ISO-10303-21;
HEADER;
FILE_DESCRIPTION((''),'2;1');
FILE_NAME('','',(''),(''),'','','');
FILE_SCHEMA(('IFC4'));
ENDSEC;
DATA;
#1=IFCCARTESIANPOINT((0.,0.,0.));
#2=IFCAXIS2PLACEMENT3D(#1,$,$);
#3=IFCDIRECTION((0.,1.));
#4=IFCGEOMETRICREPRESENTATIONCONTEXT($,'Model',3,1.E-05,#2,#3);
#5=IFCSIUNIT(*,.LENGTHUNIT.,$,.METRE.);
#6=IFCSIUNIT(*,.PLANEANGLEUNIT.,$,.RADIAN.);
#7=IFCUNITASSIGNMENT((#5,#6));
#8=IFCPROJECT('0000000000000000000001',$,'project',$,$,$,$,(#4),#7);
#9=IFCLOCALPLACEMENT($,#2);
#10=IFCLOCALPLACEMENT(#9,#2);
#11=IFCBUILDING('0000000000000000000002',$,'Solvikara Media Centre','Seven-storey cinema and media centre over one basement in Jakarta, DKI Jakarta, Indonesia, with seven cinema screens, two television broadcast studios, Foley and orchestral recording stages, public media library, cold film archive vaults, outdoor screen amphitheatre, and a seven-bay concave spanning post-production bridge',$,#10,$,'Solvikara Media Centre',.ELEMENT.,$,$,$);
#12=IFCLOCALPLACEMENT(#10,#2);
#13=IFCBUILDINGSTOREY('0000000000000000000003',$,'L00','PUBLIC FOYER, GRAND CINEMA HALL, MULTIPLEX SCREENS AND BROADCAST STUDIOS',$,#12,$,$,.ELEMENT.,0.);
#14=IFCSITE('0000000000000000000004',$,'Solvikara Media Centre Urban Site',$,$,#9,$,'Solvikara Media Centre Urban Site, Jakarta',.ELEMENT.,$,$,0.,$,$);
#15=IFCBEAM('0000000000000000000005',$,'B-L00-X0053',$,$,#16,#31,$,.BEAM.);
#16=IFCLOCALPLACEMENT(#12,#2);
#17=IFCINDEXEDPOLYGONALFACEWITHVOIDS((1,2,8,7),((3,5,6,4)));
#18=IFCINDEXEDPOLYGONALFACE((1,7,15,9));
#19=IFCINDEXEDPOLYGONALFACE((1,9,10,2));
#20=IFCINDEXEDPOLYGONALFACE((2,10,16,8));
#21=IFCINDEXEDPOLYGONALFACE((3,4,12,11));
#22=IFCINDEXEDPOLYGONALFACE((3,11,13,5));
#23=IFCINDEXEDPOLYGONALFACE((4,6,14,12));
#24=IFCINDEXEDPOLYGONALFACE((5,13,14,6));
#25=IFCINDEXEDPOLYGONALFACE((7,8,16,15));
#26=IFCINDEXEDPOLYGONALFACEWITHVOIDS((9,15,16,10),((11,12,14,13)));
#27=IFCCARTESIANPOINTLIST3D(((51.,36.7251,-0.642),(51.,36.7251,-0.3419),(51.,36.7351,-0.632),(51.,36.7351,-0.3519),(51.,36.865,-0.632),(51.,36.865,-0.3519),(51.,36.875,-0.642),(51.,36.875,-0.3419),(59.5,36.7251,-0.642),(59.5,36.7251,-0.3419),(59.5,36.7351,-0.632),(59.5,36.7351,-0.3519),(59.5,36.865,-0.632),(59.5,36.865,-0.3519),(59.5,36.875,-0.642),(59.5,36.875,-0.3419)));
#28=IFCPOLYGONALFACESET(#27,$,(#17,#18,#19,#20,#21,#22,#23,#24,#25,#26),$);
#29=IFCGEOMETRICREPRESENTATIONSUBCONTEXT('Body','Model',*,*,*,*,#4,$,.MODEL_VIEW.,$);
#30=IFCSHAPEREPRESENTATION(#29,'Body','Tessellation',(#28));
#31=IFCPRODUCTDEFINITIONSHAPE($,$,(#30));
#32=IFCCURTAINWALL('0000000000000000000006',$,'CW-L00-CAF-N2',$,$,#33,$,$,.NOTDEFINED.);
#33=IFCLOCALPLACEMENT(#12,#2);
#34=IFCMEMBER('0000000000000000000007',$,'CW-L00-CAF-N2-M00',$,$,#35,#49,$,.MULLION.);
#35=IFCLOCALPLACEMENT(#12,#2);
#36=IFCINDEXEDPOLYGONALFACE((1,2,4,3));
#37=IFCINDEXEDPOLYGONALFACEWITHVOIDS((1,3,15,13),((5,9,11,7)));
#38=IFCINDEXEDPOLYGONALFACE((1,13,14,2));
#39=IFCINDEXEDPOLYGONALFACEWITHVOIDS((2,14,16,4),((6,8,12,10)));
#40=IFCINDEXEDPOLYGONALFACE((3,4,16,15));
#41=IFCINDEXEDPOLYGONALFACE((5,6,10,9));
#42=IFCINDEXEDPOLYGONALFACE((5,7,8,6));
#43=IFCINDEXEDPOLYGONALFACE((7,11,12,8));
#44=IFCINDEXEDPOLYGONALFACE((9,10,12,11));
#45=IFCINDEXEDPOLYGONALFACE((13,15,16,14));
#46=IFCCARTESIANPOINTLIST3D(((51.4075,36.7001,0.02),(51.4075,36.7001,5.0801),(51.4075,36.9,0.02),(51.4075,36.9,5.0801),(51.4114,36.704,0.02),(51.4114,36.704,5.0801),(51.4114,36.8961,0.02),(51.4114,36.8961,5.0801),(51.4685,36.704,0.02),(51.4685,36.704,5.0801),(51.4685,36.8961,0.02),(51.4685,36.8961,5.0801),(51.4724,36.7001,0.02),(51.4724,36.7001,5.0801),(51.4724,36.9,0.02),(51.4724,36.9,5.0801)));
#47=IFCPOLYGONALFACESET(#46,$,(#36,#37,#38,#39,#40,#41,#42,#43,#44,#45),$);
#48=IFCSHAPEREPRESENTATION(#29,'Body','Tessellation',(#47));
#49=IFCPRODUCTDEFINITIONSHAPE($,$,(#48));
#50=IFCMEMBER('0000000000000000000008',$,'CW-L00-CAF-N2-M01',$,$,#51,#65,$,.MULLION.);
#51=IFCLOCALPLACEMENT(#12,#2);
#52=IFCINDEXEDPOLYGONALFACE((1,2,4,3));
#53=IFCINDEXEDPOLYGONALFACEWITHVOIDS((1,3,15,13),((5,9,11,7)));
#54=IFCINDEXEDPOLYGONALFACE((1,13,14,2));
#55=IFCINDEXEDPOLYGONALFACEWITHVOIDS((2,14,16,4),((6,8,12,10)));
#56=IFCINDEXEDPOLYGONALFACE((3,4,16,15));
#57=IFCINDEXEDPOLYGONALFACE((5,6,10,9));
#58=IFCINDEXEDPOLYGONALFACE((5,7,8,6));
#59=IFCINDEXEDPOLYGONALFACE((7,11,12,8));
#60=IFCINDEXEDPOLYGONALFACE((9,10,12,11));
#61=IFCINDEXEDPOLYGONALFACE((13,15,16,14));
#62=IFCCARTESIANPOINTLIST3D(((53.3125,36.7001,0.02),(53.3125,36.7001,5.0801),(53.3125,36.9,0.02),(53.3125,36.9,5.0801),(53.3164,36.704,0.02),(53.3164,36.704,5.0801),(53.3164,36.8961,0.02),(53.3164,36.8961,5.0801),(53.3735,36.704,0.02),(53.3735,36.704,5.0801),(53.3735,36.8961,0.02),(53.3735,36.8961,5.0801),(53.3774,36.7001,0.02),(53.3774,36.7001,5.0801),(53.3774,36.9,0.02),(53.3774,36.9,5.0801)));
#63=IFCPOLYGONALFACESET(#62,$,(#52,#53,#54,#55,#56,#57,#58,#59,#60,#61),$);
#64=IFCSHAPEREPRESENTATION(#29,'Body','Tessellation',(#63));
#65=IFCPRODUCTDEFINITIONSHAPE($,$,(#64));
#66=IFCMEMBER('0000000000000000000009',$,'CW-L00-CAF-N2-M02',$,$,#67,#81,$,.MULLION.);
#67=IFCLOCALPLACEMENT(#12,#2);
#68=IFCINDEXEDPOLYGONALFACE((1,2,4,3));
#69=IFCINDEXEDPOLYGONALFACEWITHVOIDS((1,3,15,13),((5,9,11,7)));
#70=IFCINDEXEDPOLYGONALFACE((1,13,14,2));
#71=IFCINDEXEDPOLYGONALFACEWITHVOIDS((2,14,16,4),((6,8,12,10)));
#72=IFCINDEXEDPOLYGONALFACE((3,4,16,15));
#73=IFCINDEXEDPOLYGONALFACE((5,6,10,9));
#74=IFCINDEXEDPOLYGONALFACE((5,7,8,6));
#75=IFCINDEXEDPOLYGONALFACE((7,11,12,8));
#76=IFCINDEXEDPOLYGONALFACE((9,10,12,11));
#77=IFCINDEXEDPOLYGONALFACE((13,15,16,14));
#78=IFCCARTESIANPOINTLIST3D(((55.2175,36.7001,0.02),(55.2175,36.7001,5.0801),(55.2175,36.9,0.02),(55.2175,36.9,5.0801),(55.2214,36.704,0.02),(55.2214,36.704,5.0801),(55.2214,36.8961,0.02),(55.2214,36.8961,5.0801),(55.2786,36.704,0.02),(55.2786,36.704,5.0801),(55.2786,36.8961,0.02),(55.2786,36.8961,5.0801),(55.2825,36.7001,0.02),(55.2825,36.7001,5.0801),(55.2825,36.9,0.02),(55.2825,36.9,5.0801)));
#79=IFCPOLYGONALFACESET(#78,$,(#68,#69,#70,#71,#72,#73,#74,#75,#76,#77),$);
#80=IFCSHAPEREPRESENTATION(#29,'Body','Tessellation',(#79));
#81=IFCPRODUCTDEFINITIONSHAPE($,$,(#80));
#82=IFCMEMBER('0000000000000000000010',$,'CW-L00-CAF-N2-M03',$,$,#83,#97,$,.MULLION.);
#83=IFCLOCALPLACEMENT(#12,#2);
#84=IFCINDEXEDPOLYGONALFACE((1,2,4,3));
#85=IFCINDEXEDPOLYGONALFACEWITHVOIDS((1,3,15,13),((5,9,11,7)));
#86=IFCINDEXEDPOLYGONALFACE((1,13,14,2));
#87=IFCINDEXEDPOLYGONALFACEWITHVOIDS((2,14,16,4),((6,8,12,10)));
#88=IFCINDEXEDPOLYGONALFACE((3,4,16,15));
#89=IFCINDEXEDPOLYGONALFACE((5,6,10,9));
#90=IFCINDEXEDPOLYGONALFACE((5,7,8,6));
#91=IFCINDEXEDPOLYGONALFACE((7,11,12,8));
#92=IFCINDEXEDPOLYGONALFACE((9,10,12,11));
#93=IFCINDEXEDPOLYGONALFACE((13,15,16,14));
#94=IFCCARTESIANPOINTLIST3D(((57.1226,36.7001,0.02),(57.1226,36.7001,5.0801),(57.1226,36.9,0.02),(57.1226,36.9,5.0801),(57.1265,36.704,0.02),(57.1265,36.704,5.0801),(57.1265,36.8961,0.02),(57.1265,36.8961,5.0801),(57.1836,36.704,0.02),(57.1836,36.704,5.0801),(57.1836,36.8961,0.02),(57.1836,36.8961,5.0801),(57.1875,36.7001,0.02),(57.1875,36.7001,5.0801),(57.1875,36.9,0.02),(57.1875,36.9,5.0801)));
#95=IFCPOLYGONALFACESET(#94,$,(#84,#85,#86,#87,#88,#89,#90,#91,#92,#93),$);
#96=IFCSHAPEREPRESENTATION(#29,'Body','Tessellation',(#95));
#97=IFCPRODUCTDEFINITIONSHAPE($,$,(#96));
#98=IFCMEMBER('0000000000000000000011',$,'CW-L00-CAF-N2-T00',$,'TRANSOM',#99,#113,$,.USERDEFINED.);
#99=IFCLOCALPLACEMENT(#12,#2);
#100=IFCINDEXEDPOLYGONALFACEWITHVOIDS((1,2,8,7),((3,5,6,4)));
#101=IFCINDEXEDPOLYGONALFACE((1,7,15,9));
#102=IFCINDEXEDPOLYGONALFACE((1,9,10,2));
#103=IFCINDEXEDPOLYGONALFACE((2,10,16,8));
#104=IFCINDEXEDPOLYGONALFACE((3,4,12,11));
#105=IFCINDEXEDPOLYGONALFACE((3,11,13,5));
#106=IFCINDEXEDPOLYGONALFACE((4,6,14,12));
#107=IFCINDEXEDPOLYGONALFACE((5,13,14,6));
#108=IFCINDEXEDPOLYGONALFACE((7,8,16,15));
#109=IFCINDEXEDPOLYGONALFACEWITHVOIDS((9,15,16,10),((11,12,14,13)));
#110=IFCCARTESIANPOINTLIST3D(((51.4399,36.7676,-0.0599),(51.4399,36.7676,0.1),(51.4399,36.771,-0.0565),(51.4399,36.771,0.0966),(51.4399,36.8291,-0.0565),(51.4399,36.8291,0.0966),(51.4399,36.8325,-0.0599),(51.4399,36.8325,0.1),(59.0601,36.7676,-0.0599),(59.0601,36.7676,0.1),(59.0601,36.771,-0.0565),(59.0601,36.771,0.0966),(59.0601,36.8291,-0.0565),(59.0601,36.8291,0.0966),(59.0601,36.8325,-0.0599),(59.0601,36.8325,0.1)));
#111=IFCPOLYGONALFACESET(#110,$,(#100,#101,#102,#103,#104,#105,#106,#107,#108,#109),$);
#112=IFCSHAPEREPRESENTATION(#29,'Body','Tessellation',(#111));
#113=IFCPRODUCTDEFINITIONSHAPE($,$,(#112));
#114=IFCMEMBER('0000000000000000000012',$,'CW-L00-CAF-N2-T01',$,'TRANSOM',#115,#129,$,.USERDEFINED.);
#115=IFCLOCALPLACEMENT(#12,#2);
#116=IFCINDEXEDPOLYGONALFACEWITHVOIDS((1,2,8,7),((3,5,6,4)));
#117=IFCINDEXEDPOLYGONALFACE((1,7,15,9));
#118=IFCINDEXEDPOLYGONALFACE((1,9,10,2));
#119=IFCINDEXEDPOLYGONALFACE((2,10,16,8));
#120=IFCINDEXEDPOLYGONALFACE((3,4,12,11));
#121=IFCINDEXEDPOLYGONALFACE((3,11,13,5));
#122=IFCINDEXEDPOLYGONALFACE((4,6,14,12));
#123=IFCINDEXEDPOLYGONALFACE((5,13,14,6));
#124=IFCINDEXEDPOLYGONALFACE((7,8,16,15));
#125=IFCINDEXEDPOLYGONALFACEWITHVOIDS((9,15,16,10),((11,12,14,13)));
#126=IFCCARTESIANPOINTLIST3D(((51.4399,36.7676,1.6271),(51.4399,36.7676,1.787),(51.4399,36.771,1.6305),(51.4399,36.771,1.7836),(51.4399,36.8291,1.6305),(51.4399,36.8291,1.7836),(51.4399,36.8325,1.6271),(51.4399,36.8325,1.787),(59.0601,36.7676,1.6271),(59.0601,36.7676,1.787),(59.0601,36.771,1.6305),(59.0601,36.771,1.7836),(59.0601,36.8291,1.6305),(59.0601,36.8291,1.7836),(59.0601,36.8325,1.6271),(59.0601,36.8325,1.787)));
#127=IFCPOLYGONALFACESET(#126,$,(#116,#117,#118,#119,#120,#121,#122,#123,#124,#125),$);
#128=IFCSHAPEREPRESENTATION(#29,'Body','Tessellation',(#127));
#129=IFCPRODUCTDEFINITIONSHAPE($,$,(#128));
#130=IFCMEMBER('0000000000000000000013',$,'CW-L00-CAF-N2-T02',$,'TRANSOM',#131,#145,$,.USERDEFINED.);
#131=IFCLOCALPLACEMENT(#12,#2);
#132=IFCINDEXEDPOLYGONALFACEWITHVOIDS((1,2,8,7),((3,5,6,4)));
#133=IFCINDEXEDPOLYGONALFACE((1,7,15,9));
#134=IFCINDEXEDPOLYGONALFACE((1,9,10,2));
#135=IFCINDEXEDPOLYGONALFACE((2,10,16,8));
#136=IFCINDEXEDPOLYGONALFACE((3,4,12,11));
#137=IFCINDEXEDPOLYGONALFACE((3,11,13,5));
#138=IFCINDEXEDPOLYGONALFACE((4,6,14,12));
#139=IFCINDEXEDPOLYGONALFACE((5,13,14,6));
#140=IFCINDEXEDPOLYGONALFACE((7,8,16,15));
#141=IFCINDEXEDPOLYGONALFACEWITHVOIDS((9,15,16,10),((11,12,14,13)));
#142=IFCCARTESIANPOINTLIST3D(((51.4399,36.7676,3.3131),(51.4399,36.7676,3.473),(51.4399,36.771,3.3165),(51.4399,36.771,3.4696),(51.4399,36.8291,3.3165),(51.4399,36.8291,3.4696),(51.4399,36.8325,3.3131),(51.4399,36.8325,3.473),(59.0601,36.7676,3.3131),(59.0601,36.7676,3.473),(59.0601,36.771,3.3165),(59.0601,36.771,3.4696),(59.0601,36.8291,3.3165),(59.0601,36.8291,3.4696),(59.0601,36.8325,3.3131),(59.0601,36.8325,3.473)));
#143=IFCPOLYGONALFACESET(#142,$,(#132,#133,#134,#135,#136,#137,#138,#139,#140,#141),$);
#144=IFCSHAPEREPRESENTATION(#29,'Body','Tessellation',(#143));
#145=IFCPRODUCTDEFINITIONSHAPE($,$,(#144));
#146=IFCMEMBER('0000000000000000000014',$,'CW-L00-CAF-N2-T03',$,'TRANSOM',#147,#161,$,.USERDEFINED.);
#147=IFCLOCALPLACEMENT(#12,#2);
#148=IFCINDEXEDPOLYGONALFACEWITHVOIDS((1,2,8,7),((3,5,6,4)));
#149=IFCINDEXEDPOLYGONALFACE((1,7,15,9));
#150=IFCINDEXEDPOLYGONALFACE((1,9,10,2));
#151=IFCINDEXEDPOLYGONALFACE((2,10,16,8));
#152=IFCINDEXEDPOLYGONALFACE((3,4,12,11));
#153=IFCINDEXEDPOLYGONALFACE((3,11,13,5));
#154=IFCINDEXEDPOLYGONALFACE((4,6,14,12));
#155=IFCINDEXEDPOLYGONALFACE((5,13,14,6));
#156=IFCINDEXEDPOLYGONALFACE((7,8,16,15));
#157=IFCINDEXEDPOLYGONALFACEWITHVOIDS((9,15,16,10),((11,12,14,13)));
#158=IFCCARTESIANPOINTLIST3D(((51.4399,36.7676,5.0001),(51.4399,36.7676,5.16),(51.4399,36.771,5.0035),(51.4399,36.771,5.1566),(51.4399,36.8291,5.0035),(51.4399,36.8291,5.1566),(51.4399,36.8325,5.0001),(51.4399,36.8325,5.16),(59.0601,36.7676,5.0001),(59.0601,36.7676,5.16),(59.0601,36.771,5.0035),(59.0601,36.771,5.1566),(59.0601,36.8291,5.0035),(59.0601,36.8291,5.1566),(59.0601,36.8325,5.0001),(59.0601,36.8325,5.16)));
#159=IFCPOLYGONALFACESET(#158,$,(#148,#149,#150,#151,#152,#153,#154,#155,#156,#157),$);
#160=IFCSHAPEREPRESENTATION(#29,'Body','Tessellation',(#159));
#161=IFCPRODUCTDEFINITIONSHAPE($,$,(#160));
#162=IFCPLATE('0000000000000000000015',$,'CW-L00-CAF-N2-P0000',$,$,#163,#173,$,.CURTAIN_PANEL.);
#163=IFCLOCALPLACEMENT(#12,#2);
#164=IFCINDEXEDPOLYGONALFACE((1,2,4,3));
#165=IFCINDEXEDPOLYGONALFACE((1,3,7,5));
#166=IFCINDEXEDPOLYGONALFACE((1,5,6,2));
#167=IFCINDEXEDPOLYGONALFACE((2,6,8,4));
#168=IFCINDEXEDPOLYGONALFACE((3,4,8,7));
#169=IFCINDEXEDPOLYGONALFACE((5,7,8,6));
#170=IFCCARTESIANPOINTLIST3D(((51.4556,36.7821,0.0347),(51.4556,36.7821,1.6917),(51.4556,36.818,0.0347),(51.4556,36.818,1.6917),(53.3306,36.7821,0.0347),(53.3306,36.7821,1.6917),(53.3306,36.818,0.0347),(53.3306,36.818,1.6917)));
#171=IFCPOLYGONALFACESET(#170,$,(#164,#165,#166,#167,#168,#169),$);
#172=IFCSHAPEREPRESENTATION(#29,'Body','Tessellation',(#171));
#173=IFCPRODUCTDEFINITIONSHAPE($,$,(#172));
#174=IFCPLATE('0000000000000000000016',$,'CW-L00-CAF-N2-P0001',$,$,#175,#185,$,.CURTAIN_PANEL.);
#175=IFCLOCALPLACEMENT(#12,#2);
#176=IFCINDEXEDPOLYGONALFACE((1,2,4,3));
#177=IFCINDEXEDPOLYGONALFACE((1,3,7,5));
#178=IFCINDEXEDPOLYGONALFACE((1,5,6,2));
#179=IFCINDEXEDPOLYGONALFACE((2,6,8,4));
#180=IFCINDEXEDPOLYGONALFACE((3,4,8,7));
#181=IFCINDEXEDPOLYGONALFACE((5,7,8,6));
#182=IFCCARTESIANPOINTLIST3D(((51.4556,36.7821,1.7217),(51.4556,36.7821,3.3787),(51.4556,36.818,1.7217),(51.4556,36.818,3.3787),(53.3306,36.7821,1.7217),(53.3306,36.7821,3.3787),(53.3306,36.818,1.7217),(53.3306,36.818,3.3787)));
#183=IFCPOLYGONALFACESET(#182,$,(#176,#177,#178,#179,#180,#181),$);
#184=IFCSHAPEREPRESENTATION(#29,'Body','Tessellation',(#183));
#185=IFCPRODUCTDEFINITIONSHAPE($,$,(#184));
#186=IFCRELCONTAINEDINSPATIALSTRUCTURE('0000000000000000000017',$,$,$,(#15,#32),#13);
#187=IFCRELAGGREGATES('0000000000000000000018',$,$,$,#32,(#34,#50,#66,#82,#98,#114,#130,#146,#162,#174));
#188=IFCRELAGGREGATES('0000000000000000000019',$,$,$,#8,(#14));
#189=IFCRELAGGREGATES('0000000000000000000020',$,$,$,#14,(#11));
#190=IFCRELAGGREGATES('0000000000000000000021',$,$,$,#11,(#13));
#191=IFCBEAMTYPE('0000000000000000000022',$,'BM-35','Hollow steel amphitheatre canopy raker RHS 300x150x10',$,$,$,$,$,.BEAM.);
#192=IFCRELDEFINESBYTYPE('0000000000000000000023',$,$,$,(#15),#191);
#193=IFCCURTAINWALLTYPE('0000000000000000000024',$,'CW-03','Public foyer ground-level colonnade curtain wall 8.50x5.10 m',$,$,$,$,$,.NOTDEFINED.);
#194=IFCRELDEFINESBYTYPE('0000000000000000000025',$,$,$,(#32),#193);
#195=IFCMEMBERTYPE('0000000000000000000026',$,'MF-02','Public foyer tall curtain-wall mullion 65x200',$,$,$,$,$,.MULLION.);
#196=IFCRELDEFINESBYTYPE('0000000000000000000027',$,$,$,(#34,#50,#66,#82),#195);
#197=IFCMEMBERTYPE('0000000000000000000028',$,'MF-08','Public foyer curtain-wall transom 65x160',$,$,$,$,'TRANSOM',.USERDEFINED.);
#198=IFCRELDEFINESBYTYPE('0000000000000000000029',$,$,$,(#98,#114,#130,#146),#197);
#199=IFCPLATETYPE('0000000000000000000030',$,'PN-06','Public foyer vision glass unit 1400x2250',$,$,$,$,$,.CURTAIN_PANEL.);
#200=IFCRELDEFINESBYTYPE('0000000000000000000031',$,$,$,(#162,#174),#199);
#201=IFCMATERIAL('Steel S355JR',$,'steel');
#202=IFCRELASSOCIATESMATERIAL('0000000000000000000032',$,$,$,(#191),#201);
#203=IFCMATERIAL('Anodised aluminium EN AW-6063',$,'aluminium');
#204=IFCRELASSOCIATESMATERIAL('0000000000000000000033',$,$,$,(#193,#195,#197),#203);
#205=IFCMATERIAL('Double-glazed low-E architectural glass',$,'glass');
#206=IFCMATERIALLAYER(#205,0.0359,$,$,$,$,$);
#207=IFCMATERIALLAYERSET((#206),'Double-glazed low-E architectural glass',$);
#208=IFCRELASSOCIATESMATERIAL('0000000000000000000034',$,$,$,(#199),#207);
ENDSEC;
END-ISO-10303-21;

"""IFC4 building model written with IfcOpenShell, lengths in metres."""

from ifc_helpers import new_model, si_unit, direction, frame, origin, origin_2d, place, context, subcontext, project, spatial, rectangle, hollow_rectangle, extrude, material, layer, layer_set, material_profile, profile_set, type_object, element, aggregate, save


model = new_model("IFC4")

# Units and contexts
model_context = context("Model", 3, precision=1e-05, world=origin(), true_north=direction((0.0, 1.0)))
body_context = subcontext(model_context, "Body", "Model", "MODEL_VIEW")
ifc_project = project(units=[si_unit("LENGTHUNIT", "METRE"), si_unit("PLANEANGLEUNIT", "RADIAN")], contexts=[model_context])

# Site, building, storey
site_placement = place(None, origin())
site = spatial("IfcSite", under=ifc_project, at=site_placement, Name="Solvikara Media Centre Urban Site", LongName="Solvikara Media Centre Urban Site, Jakarta", CompositionType="ELEMENT", RefElevation=0.0)
building_placement = place(site_placement, origin())
building = spatial("IfcBuilding", under=site, at=building_placement, Name="Solvikara Media Centre", Description="Seven-storey cinema and media centre over one basement in Jakarta, DKI Jakarta, Indonesia, with seven cinema screens, two television broadcast studios, Foley and orchestral recording stages, public media library, cold film archive vaults, outdoor screen amphitheatre, and a seven-bay concave spanning post-production bridge", LongName="Solvikara Media Centre", CompositionType="ELEMENT")
storey_placement = place(building_placement, origin())
storey = spatial("IfcBuildingStorey", under=building, at=storey_placement, Name="L00", Description="PUBLIC FOYER, GRAND CINEMA HALL, MULTIPLEX SCREENS AND BROADCAST STUDIOS", CompositionType="ELEMENT", Elevation=0.0)

# Beam
ifc_material_1 = material(Name="Steel S355JR", Category="steel")
ifc_material_profile_1 = material_profile(ifc_material_1, hollow_rectangle(XDim=0.1499, YDim=0.3, WallThickness=0.01, at=origin_2d()), Name="RHS 300x150x10")
ifc_profile_set_1 = profile_set([ifc_material_profile_1], Name="Steel S355JR")
beam_type = type_object("IfcBeamType", Name="BM-35", Description="Hollow steel amphitheatre canopy raker RHS 300x150x10", PredefinedType="BEAM", material=ifc_profile_set_1)
beam_placement = place(storey_placement, frame((51.0, 36.8, -0.4919), z_axis=(1.0, 0.0, 0.0), x_axis=(0.0, 1.0, 0.0)))
element("IfcBeam", 1, at=beam_placement, inside=storey, type_object=beam_type, Name="B-L00-X0053", PredefinedType="BEAM", context=body_context, shape_type="SweptSolid", body=[
    extrude(hollow_rectangle(XDim=0.1499, YDim=0.3, WallThickness=0.01, at=origin_2d()), origin(), (0.0, 0.0, 1.0), 8.5),
])

# Curtain wall, members, plates
ifc_material_2 = material(Name="Anodised aluminium EN AW-6063", Category="aluminium")
curtain_wall_type = type_object("IfcCurtainWallType", Name="CW-03", Description="Public foyer ground-level colonnade curtain wall 8.50x5.10 m", PredefinedType="NOTDEFINED", material=ifc_material_2)
curtain_wall_placement = place(storey_placement, origin())
curtain_wall = element("IfcCurtainWall", 2, at=curtain_wall_placement, inside=storey, type_object=curtain_wall_type, Name="CW-L00-CAF-N2", PredefinedType="NOTDEFINED")
ifc_material_profile_2 = material_profile(ifc_material_2, hollow_rectangle(XDim=0.0649, YDim=0.2, WallThickness=0.0039, at=origin_2d()), Name="ALU-M 65x200x4")
ifc_profile_set_2 = profile_set([ifc_material_profile_2], Name="Anodised aluminium EN AW-6063")
member_type_1 = type_object("IfcMemberType", Name="MF-02", Description="Public foyer tall curtain-wall mullion 65x200", PredefinedType="MULLION", material=ifc_profile_set_2)
member_1_placement = place(storey_placement, frame((51.4399, 36.8, 0.02), z_axis=(0.0, 0.0, 1.0), x_axis=(1.0, 0.0, 0.0)))
member_1 = element("IfcMember", 3, at=member_1_placement, type_object=member_type_1, Name="CW-L00-CAF-N2-M00", PredefinedType="MULLION", context=body_context, shape_type="SweptSolid", body=[
    extrude(hollow_rectangle(XDim=0.0649, YDim=0.2, WallThickness=0.0039, at=origin_2d()), origin(), (0.0, 0.0, 1.0), 5.0601),
])
member_2_placement = place(storey_placement, frame((53.345, 36.8, 0.02), z_axis=(0.0, 0.0, 1.0), x_axis=(1.0, 0.0, 0.0)))
member_2 = element("IfcMember", 4, at=member_2_placement, type_object=member_type_1, Name="CW-L00-CAF-N2-M01", PredefinedType="MULLION", context=body_context, shape_type="SweptSolid", body=[
    extrude(hollow_rectangle(XDim=0.0649, YDim=0.2, WallThickness=0.0039, at=origin_2d()), origin(), (0.0, 0.0, 1.0), 5.0601),
])
member_3_placement = place(storey_placement, frame((55.25, 36.8, 0.02), z_axis=(0.0, 0.0, 1.0), x_axis=(1.0, 0.0, 0.0)))
member_3 = element("IfcMember", 5, at=member_3_placement, type_object=member_type_1, Name="CW-L00-CAF-N2-M02", PredefinedType="MULLION", context=body_context, shape_type="SweptSolid", body=[
    extrude(hollow_rectangle(XDim=0.0649, YDim=0.2, WallThickness=0.0039, at=origin_2d()), origin(), (0.0, 0.0, 1.0), 5.0601),
])
member_4_placement = place(storey_placement, frame((57.155, 36.8, 0.02), z_axis=(0.0, 0.0, 1.0), x_axis=(1.0, 0.0, 0.0)))
member_4 = element("IfcMember", 6, at=member_4_placement, type_object=member_type_1, Name="CW-L00-CAF-N2-M03", PredefinedType="MULLION", context=body_context, shape_type="SweptSolid", body=[
    extrude(hollow_rectangle(XDim=0.0649, YDim=0.2, WallThickness=0.0039, at=origin_2d()), origin(), (0.0, 0.0, 1.0), 5.0601),
])
ifc_material_profile_3 = material_profile(ifc_material_2, hollow_rectangle(XDim=0.0649, YDim=0.1599, WallThickness=0.0034, at=origin_2d()), Name="ALU-T 65x160x3.5")
ifc_profile_set_3 = profile_set([ifc_material_profile_3], Name="Anodised aluminium EN AW-6063")
member_type_2 = type_object("IfcMemberType", Name="MF-08", Description="Public foyer curtain-wall transom 65x160", ElementType="TRANSOM", PredefinedType="USERDEFINED", material=ifc_profile_set_3)
member_5_placement = place(storey_placement, frame((51.4399, 36.8, 0.02), z_axis=(1.0, 0.0, 0.0), x_axis=(0.0, 1.0, 0.0)))
member_5 = element("IfcMember", 7, at=member_5_placement, type_object=member_type_2, Name="CW-L00-CAF-N2-T00", ObjectType="TRANSOM", PredefinedType="USERDEFINED", context=body_context, shape_type="SweptSolid", body=[
    extrude(hollow_rectangle(XDim=0.0649, YDim=0.1599, WallThickness=0.0034, at=origin_2d()), origin(), (0.0, 0.0, 1.0), 7.6201),
])
member_6_placement = place(storey_placement, frame((51.4399, 36.8, 1.707), z_axis=(1.0, 0.0, 0.0), x_axis=(0.0, 1.0, 0.0)))
member_6 = element("IfcMember", 8, at=member_6_placement, type_object=member_type_2, Name="CW-L00-CAF-N2-T01", ObjectType="TRANSOM", PredefinedType="USERDEFINED", context=body_context, shape_type="SweptSolid", body=[
    extrude(hollow_rectangle(XDim=0.0649, YDim=0.1599, WallThickness=0.0034, at=origin_2d()), origin(), (0.0, 0.0, 1.0), 7.6201),
])
member_7_placement = place(storey_placement, frame((51.4399, 36.8, 3.3931), z_axis=(1.0, 0.0, 0.0), x_axis=(0.0, 1.0, 0.0)))
member_7 = element("IfcMember", 9, at=member_7_placement, type_object=member_type_2, Name="CW-L00-CAF-N2-T02", ObjectType="TRANSOM", PredefinedType="USERDEFINED", context=body_context, shape_type="SweptSolid", body=[
    extrude(hollow_rectangle(XDim=0.0649, YDim=0.1599, WallThickness=0.0034, at=origin_2d()), origin(), (0.0, 0.0, 1.0), 7.6201),
])
member_8_placement = place(storey_placement, frame((51.4399, 36.8, 5.0801), z_axis=(1.0, 0.0, 0.0), x_axis=(0.0, 1.0, 0.0)))
member_8 = element("IfcMember", 10, at=member_8_placement, type_object=member_type_2, Name="CW-L00-CAF-N2-T03", ObjectType="TRANSOM", PredefinedType="USERDEFINED", context=body_context, shape_type="SweptSolid", body=[
    extrude(hollow_rectangle(XDim=0.0649, YDim=0.1599, WallThickness=0.0034, at=origin_2d()), origin(), (0.0, 0.0, 1.0), 7.6201),
])
ifc_material_3 = material(Name="Double-glazed low-E architectural glass", Category="glass")
ifc_layer_1 = layer(ifc_material_3, 0.0359)
ifc_layer_set_1 = layer_set([ifc_layer_1], Name="Double-glazed low-E architectural glass")
plate_type_1 = type_object("IfcPlateType", Name="PN-06", Description="Public foyer vision glass unit 1400x2250", PredefinedType="CURTAIN_PANEL", material=ifc_layer_set_1)
plate_1_placement = place(storey_placement, frame((52.3931, 36.8, 0.0347), z_axis=(0.0, 0.0, 1.0), x_axis=(1.0, 0.0, 0.0)))
plate_1 = element("IfcPlate", 11, at=plate_1_placement, type_object=plate_type_1, Name="CW-L00-CAF-N2-P0000", PredefinedType="CURTAIN_PANEL", context=body_context, shape_type="SweptSolid", body=[
    extrude(rectangle(XDim=1.875, YDim=0.0359, at=origin_2d()), origin(), (0.0, 0.0, 1.0), 1.657),
])
plate_2_placement = place(storey_placement, frame((52.3931, 36.8, 1.7217), z_axis=(0.0, 0.0, 1.0), x_axis=(1.0, 0.0, 0.0)))
plate_2 = element("IfcPlate", 12, at=plate_2_placement, type_object=plate_type_1, Name="CW-L00-CAF-N2-P0001", PredefinedType="CURTAIN_PANEL", context=body_context, shape_type="SweptSolid", body=[
    extrude(rectangle(XDim=1.875, YDim=0.0359, at=origin_2d()), origin(), (0.0, 0.0, 1.0), 1.657),
])
aggregate(curtain_wall, [member_1, member_2, member_3, member_4, member_5, member_6, member_7, member_8, plate_1, plate_2])

save(model, "model.ifc")
